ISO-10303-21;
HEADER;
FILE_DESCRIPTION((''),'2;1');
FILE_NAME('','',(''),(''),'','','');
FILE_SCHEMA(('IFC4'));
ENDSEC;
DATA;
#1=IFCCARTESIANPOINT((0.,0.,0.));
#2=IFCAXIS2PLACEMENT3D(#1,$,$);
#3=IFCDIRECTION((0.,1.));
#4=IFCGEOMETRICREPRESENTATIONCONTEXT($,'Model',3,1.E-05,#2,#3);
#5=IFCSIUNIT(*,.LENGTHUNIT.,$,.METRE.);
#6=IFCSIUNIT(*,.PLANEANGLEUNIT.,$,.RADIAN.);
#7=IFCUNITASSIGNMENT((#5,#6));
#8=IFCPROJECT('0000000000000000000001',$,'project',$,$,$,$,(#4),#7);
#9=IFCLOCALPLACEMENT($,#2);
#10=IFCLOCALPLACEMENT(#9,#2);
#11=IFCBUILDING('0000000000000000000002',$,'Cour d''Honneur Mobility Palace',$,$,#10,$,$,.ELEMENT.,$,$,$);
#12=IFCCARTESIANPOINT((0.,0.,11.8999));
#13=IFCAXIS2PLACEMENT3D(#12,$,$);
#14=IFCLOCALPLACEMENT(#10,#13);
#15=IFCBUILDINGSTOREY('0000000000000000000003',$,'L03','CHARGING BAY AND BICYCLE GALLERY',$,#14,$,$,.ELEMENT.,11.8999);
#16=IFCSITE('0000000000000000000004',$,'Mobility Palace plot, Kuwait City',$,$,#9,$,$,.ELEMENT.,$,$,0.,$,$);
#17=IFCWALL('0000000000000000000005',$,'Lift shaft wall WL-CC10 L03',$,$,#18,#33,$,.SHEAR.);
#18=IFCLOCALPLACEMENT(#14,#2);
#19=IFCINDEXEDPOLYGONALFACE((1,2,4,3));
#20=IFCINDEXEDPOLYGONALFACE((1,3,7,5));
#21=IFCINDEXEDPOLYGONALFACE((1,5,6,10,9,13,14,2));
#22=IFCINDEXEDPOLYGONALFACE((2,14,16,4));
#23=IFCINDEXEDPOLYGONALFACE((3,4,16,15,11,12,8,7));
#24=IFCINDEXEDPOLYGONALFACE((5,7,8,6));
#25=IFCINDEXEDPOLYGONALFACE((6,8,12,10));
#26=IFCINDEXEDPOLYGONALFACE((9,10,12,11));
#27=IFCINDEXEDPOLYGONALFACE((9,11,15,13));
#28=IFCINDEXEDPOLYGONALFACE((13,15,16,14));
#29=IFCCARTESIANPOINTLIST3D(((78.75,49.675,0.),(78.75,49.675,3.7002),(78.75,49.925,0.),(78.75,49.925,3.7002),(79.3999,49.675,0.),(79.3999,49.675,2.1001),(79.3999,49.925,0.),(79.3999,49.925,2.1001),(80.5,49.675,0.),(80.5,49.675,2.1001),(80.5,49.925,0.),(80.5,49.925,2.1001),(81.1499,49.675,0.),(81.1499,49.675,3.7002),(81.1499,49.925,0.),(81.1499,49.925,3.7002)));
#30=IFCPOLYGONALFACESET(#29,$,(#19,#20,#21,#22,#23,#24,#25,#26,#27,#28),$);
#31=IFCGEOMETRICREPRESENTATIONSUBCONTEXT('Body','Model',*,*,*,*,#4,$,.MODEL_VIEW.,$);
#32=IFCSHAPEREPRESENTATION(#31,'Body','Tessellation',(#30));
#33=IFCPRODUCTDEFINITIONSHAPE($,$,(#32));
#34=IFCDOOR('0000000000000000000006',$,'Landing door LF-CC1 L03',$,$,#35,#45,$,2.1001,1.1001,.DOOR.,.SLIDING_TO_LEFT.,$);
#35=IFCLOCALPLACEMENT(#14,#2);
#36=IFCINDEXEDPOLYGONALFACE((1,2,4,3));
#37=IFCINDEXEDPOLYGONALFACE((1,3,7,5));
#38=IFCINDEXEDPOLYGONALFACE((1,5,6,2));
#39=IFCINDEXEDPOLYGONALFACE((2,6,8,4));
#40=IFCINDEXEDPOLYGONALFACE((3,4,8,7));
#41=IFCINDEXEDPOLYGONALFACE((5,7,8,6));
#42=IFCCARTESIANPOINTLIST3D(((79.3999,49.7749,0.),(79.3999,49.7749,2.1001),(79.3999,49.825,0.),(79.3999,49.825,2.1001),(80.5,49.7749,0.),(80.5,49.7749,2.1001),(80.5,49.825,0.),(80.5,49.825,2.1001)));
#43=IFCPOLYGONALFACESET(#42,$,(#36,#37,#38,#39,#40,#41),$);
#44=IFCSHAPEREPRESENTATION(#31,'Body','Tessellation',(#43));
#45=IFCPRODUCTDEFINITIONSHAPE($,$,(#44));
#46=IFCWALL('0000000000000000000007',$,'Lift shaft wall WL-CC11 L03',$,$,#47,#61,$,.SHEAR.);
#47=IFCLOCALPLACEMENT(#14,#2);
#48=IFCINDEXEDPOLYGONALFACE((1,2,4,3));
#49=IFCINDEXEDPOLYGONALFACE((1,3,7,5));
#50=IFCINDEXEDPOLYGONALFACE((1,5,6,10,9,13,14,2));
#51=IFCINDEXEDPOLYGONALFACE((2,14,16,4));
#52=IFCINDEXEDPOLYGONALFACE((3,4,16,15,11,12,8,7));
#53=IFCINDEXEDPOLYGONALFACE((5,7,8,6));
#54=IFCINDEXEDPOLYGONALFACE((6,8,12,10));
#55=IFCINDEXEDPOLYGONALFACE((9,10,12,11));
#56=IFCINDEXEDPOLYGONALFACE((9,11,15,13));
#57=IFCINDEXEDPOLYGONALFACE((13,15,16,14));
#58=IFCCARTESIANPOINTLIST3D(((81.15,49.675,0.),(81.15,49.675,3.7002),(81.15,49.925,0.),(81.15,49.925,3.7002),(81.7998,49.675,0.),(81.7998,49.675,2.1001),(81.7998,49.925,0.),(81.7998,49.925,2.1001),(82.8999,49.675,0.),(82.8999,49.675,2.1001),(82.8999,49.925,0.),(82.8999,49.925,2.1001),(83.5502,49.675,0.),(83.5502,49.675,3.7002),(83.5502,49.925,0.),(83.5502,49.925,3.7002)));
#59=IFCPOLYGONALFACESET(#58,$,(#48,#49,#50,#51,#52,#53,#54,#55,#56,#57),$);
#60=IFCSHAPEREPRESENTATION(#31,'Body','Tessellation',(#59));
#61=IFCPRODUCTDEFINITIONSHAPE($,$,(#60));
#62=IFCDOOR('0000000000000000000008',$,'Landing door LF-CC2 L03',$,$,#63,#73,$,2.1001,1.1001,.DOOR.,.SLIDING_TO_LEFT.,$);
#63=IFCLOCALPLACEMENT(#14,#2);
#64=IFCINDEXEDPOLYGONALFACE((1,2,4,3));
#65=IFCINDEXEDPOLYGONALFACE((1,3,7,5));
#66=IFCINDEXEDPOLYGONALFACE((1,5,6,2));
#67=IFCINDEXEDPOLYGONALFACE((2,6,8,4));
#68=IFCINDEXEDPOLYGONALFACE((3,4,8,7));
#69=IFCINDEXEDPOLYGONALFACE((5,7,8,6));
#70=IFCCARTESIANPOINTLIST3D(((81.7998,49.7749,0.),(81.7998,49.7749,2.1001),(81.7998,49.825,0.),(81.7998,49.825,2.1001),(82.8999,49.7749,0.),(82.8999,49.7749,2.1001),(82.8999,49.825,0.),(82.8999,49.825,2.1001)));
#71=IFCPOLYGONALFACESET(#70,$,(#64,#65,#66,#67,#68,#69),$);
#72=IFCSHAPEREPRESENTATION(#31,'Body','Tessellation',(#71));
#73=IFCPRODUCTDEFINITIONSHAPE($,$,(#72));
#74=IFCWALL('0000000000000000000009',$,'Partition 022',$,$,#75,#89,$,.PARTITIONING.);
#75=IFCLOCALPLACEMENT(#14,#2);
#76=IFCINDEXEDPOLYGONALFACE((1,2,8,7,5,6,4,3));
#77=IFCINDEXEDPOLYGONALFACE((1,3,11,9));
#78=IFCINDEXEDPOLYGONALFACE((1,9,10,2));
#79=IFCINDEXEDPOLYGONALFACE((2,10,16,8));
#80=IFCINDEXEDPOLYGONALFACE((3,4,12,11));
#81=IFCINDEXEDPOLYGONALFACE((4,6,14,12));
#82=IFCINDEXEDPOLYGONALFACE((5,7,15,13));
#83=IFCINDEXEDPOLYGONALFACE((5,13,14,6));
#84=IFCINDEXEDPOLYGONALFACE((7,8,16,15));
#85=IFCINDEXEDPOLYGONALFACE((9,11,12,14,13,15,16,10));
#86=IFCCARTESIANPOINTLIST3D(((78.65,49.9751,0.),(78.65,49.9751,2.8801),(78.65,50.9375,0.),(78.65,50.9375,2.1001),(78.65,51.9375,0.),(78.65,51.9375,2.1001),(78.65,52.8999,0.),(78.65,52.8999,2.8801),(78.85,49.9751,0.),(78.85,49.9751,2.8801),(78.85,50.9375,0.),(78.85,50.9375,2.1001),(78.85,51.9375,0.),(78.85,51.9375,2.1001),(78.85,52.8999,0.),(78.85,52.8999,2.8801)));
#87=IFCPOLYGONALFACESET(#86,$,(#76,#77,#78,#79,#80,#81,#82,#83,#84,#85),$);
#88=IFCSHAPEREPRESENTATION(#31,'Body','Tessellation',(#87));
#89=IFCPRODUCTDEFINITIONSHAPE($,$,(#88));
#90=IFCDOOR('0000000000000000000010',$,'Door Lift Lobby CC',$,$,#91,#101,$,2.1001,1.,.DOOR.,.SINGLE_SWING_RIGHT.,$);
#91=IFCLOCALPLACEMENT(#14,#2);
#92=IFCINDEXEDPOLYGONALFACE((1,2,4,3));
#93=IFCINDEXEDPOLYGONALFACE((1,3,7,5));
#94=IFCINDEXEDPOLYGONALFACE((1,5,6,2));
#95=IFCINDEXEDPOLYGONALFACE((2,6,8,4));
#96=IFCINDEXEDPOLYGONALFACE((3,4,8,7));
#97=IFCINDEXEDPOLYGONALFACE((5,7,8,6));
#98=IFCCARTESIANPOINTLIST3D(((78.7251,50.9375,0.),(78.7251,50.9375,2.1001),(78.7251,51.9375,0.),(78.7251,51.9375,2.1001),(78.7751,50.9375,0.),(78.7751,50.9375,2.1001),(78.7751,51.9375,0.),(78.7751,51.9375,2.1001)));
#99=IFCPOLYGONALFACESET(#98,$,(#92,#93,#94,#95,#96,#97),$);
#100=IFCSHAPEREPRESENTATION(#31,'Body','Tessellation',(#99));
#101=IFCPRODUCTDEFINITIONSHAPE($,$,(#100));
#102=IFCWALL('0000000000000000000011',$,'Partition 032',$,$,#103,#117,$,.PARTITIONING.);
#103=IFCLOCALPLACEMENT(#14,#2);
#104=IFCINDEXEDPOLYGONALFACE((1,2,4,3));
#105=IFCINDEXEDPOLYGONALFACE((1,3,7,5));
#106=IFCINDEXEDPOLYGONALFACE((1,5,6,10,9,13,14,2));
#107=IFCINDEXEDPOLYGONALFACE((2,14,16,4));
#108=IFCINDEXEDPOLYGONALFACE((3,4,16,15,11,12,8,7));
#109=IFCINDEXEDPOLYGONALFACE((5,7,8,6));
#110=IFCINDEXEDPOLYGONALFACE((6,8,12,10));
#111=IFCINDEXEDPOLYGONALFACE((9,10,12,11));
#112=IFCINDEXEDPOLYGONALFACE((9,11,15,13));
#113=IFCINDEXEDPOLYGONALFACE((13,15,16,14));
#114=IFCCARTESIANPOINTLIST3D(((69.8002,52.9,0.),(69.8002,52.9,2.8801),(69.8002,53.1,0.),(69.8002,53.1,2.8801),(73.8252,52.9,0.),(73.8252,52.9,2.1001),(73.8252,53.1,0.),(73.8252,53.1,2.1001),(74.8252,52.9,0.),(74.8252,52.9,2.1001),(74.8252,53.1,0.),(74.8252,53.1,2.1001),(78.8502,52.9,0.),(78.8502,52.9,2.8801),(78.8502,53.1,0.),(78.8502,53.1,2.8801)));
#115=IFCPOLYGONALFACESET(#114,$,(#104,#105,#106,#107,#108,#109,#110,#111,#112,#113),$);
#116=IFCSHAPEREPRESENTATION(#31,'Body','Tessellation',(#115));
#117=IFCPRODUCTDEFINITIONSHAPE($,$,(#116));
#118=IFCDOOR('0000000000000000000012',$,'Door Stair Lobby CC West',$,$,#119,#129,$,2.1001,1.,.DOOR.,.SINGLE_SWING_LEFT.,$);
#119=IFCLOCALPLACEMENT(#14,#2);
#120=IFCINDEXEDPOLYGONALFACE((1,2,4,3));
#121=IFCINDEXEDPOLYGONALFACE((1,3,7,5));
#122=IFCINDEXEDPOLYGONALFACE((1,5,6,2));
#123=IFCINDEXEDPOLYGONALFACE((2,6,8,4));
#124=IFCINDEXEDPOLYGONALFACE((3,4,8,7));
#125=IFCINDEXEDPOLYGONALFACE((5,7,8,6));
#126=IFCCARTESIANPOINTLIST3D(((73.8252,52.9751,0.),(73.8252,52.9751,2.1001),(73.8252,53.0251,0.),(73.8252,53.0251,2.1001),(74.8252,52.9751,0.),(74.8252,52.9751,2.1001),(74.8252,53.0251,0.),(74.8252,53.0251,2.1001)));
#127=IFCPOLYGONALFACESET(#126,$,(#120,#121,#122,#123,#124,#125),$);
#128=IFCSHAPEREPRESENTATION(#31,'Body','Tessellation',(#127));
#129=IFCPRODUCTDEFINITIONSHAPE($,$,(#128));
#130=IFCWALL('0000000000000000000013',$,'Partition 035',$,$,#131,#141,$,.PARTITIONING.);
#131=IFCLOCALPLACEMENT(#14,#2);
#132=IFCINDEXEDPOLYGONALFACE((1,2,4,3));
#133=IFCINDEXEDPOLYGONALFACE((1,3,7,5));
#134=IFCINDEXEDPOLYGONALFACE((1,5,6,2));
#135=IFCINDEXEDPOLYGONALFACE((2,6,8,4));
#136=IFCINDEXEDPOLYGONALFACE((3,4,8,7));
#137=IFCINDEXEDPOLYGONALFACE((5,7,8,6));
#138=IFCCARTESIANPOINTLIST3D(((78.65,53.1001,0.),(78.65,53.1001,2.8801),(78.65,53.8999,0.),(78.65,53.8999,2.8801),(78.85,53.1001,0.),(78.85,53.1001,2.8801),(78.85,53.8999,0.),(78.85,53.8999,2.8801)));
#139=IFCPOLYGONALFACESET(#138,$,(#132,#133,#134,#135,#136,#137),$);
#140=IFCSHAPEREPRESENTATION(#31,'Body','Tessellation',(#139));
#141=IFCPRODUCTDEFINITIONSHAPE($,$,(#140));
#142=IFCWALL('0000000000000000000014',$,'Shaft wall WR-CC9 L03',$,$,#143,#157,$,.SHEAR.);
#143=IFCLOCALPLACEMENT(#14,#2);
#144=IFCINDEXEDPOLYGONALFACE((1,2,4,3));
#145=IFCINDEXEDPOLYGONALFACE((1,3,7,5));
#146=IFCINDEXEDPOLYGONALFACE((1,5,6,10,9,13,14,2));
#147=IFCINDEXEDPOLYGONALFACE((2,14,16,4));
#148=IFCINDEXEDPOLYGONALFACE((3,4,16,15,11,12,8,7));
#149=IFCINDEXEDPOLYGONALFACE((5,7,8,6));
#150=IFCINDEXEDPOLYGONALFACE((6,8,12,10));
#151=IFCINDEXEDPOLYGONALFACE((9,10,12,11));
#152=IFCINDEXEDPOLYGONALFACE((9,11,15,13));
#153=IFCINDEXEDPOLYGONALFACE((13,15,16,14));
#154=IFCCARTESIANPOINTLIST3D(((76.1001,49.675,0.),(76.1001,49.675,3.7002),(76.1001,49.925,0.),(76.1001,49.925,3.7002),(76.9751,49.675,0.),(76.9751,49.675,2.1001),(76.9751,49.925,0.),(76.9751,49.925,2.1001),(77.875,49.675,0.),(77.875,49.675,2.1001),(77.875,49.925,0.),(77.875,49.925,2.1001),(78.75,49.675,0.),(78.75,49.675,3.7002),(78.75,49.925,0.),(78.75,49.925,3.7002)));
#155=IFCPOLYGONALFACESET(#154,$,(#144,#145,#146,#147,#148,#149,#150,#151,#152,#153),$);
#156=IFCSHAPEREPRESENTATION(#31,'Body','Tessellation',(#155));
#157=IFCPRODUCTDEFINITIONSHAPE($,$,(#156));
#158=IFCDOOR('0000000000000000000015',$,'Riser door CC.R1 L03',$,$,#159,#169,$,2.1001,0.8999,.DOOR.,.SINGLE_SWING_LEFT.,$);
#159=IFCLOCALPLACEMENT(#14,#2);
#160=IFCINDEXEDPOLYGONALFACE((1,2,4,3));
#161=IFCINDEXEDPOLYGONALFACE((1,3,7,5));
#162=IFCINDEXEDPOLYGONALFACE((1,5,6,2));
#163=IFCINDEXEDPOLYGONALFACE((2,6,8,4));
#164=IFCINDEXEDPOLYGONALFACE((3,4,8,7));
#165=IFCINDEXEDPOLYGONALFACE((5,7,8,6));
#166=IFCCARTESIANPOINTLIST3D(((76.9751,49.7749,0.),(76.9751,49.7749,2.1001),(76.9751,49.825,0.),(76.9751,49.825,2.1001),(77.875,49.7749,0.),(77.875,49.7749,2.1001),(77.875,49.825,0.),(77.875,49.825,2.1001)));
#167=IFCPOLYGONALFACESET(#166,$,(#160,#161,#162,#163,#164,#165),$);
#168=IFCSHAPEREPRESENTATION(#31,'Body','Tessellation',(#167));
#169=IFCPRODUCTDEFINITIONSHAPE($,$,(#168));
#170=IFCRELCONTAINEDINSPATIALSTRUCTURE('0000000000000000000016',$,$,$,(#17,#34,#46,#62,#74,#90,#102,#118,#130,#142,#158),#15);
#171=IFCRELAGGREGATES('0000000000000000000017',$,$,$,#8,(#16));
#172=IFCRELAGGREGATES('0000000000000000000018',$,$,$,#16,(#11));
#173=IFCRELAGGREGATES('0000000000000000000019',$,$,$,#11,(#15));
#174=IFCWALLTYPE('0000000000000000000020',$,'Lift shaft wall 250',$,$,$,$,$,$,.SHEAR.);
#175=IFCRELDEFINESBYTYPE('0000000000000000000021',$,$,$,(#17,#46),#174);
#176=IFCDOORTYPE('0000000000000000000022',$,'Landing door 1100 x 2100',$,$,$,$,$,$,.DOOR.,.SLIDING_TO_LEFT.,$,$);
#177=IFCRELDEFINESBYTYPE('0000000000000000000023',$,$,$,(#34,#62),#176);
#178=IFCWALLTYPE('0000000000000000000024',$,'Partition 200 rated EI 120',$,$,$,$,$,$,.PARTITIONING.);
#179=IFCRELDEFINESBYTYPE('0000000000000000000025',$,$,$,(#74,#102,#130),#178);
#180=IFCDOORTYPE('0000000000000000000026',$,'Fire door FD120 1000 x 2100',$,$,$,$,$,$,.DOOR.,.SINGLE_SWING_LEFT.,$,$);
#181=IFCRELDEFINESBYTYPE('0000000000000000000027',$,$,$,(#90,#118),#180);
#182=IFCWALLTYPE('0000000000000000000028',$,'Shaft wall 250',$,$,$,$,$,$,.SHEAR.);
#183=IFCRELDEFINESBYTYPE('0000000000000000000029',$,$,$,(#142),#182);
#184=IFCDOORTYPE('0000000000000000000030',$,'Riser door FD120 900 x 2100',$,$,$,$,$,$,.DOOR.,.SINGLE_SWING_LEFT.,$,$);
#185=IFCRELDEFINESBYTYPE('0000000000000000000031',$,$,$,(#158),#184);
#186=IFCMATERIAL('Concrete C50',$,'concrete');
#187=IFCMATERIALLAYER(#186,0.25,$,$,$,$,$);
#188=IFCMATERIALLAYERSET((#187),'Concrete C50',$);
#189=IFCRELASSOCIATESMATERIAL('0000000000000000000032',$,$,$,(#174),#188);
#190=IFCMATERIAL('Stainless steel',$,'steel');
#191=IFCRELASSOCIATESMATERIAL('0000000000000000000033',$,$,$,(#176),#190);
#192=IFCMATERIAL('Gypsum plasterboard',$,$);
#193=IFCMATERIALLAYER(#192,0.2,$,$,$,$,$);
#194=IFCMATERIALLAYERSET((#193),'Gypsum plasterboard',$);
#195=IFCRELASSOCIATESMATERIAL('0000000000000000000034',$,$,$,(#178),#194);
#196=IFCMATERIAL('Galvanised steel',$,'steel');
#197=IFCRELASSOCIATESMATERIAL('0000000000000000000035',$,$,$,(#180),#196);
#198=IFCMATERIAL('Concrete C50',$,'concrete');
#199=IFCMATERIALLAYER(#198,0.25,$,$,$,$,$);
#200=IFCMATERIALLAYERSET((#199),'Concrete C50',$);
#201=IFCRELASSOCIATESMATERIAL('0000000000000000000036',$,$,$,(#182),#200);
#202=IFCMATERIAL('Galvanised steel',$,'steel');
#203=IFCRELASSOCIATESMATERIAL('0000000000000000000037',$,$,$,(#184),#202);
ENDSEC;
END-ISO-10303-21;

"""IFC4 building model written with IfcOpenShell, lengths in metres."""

from ifc_helpers import new_model, si_unit, direction, frame, frame_2d, origin, place, context, subcontext, project, spatial, rectangle, extrude, material, layer, layer_set, type_object, element, fill, save


model = new_model("IFC4")

# Units and contexts
model_context = context("Model", 3, precision=1e-05, world=origin(), true_north=direction((0.0, 1.0)))
body_context = subcontext(model_context, "Body", "Model", "MODEL_VIEW")
ifc_project = project(units=[si_unit("LENGTHUNIT", "METRE"), si_unit("PLANEANGLEUNIT", "RADIAN")], contexts=[model_context])

# Site, building, storey
site_placement = place(None, origin())
site = spatial("IfcSite", under=ifc_project, at=site_placement, Name="Mobility Palace plot, Kuwait City", CompositionType="ELEMENT", RefElevation=0.0)
building_placement = place(site_placement, origin())
building = spatial("IfcBuilding", under=site, at=building_placement, Name="Cour d'Honneur Mobility Palace", CompositionType="ELEMENT")
storey_placement = place(building_placement, frame((0.0, 0.0, 11.8999)))
storey = spatial("IfcBuildingStorey", under=building, at=storey_placement, Name="L03", Description="CHARGING BAY AND BICYCLE GALLERY", CompositionType="ELEMENT", Elevation=11.8999)

# Walls, openings, doors
ifc_material_1 = material(Name="Concrete C50", Category="concrete")
ifc_layer_1 = layer(ifc_material_1, 0.25)
ifc_layer_set_1 = layer_set([ifc_layer_1], Name="Concrete C50")
wall_type_1 = type_object("IfcWallType", Name="Lift shaft wall 250", PredefinedType="SHEAR", material=ifc_layer_set_1)
wall_1_placement = place(storey_placement, frame((78.75, 49.8, 0.0), z_axis=(0.0, 0.0, 1.0), x_axis=(1.0, 0.0, 0.0)))
wall_1 = element("IfcWall", 1, at=wall_1_placement, inside=storey, type_object=wall_type_1, Name="Lift shaft wall WL-CC10 L03", PredefinedType="SHEAR", context=body_context, shape_type="SweptSolid", body=[
    extrude(rectangle(XDim=2.3999, YDim=0.25, at=frame_2d((1.2, 0.0))), origin(), (0.0, 0.0, 1.0), 3.7002),
])
opening_1_placement = place(wall_1_placement, frame((0.6499, 0.0, 0.0)))
opening_1 = element("IfcOpeningElement", 2, at=opening_1_placement, cuts=wall_1, PredefinedType="OPENING", context=body_context, shape_type="SweptSolid", body=[
    extrude(rectangle(XDim=1.1001, YDim=2.1001, at=frame_2d((0.55, 1.05))), frame((0.0, 0.135, 0.0), z_axis=(0.0, -1.0, 0.0), x_axis=(1.0, 0.0, 0.0)), (0.0, 0.0, 1.0), 0.27),
])
ifc_material_2 = material(Name="Stainless steel", Category="steel")
door_type_1 = type_object("IfcDoorType", Name="Landing door 1100 x 2100", OperationType="SLIDING_TO_LEFT", PredefinedType="DOOR", material=ifc_material_2)
door_1_placement = place(opening_1_placement, origin())
door_1 = element("IfcDoor", 3, at=door_1_placement, inside=storey, type_object=door_type_1, Name="Landing door LF-CC1 L03", OperationType="SLIDING_TO_LEFT", OverallHeight=2.1001, OverallWidth=1.1001, PredefinedType="DOOR", context=body_context, shape_type="SweptSolid", body=[
    extrude(rectangle(XDim=1.1001, YDim=2.1001, at=frame_2d((0.55, 1.05))), frame((0.0, 0.0249, 0.0), z_axis=(0.0, -1.0, 0.0), x_axis=(1.0, 0.0, 0.0)), (0.0, 0.0, 1.0), 0.05),
])
fill(opening_1, door_1)
wall_2_placement = place(storey_placement, frame((81.1499, 49.8, 0.0), z_axis=(0.0, 0.0, 1.0), x_axis=(1.0, 0.0, 0.0)))
wall_2 = element("IfcWall", 4, at=wall_2_placement, inside=storey, type_object=wall_type_1, Name="Lift shaft wall WL-CC11 L03", PredefinedType="SHEAR", context=body_context, shape_type="SweptSolid", body=[
    extrude(rectangle(XDim=2.4001, YDim=0.25, at=frame_2d((1.2002, 0.0))), origin(), (0.0, 0.0, 1.0), 3.7002),
])
opening_2_placement = place(wall_2_placement, frame((0.6499, 0.0, 0.0)))
opening_2 = element("IfcOpeningElement", 5, at=opening_2_placement, cuts=wall_2, PredefinedType="OPENING", context=body_context, shape_type="SweptSolid", body=[
    extrude(rectangle(XDim=1.1001, YDim=2.1001, at=frame_2d((0.55, 1.05))), frame((0.0, 0.135, 0.0), z_axis=(0.0, -1.0, 0.0), x_axis=(1.0, 0.0, 0.0)), (0.0, 0.0, 1.0), 0.27),
])
door_2_placement = place(opening_2_placement, origin())
door_2 = element("IfcDoor", 6, at=door_2_placement, inside=storey, type_object=door_type_1, Name="Landing door LF-CC2 L03", OperationType="SLIDING_TO_LEFT", OverallHeight=2.1001, OverallWidth=1.1001, PredefinedType="DOOR", context=body_context, shape_type="SweptSolid", body=[
    extrude(rectangle(XDim=1.1001, YDim=2.1001, at=frame_2d((0.55, 1.05))), frame((0.0, 0.0249, 0.0), z_axis=(0.0, -1.0, 0.0), x_axis=(1.0, 0.0, 0.0)), (0.0, 0.0, 1.0), 0.05),
])
fill(opening_2, door_2)
ifc_material_3 = material(Name="Gypsum plasterboard")
ifc_layer_2 = layer(ifc_material_3, 0.2)
ifc_layer_set_2 = layer_set([ifc_layer_2], Name="Gypsum plasterboard")
wall_type_2 = type_object("IfcWallType", Name="Partition 200 rated EI 120", PredefinedType="PARTITIONING", material=ifc_layer_set_2)
wall_3_placement = place(storey_placement, frame((78.75, 49.9751, 0.0), z_axis=(0.0, 0.0, 1.0), x_axis=(0.0, 1.0, 0.0)))
wall_3 = element("IfcWall", 7, at=wall_3_placement, inside=storey, type_object=wall_type_2, Name="Partition 022", PredefinedType="PARTITIONING", context=body_context, shape_type="SweptSolid", body=[
    extrude(rectangle(XDim=2.9248, YDim=0.2, at=frame_2d((1.4624, 0.0))), origin(), (0.0, 0.0, 1.0), 2.8801),
])
opening_3_placement = place(wall_3_placement, frame((0.9624, 0.0, 0.0)))
opening_3 = element("IfcOpeningElement", 8, at=opening_3_placement, cuts=wall_3, PredefinedType="OPENING", context=body_context, shape_type="SweptSolid", body=[
    extrude(rectangle(XDim=1.0, YDim=2.1001, at=frame_2d((0.5, 1.05))), frame((0.0, 0.1099, 0.0), z_axis=(0.0, -1.0, 0.0), x_axis=(1.0, 0.0, 0.0)), (0.0, 0.0, 1.0), 0.22),
])
ifc_material_4 = material(Name="Galvanised steel", Category="steel")
door_type_2 = type_object("IfcDoorType", Name="Fire door FD120 1000 x 2100", OperationType="SINGLE_SWING_LEFT", PredefinedType="DOOR", material=ifc_material_4)
door_3_placement = place(opening_3_placement, origin())
door_3 = element("IfcDoor", 9, at=door_3_placement, inside=storey, type_object=door_type_2, Name="Door Lift Lobby CC", OperationType="SINGLE_SWING_RIGHT", OverallHeight=2.1001, OverallWidth=1.0, PredefinedType="DOOR", context=body_context, shape_type="SweptSolid", body=[
    extrude(rectangle(XDim=1.0, YDim=2.1001, at=frame_2d((0.5, 1.05))), frame((0.0, 0.0249, 0.0), z_axis=(0.0, -1.0, 0.0), x_axis=(1.0, 0.0, 0.0)), (0.0, 0.0, 1.0), 0.05),
])
fill(opening_3, door_3)
wall_4_placement = place(storey_placement, frame((78.8501, 53.0, 0.0), z_axis=(0.0, 0.0, 1.0), x_axis=(-1.0, 0.0, 0.0)))
wall_4 = element("IfcWall", 10, at=wall_4_placement, inside=storey, type_object=wall_type_2, Name="Partition 032", PredefinedType="PARTITIONING", context=body_context, shape_type="SweptSolid", body=[
    extrude(rectangle(XDim=9.05, YDim=0.2, at=frame_2d((4.5249, 0.0))), origin(), (0.0, 0.0, 1.0), 2.8801),
])
opening_4_placement = place(wall_4_placement, frame((4.0249, 0.0, 0.0)))
opening_4 = element("IfcOpeningElement", 11, at=opening_4_placement, cuts=wall_4, PredefinedType="OPENING", context=body_context, shape_type="SweptSolid", body=[
    extrude(rectangle(XDim=1.0, YDim=2.1001, at=frame_2d((0.5, 1.05))), frame((0.0, 0.1099, 0.0), z_axis=(0.0, -1.0, 0.0), x_axis=(1.0, 0.0, 0.0)), (0.0, 0.0, 1.0), 0.22),
])
door_4_placement = place(opening_4_placement, origin())
door_4 = element("IfcDoor", 12, at=door_4_placement, inside=storey, type_object=door_type_2, Name="Door Stair Lobby CC West", OperationType="SINGLE_SWING_LEFT", OverallHeight=2.1001, OverallWidth=1.0, PredefinedType="DOOR", context=body_context, shape_type="SweptSolid", body=[
    extrude(rectangle(XDim=1.0, YDim=2.1001, at=frame_2d((0.5, 1.05))), frame((0.0, 0.0249, 0.0), z_axis=(0.0, -1.0, 0.0), x_axis=(1.0, 0.0, 0.0)), (0.0, 0.0, 1.0), 0.05),
])
fill(opening_4, door_4)

# Wall
wall_5_placement = place(storey_placement, frame((78.75, 53.8999, 0.0), z_axis=(0.0, 0.0, 1.0), x_axis=(0.0, -1.0, 0.0)))
element("IfcWall", 13, at=wall_5_placement, inside=storey, type_object=wall_type_2, Name="Partition 035", PredefinedType="PARTITIONING", context=body_context, shape_type="SweptSolid", body=[
    extrude(rectangle(XDim=0.7998, YDim=0.2, at=frame_2d((0.3999, 0.0))), origin(), (0.0, 0.0, 1.0), 2.8801),
])

# Wall, opening, door
ifc_material_5 = material(Name="Concrete C50", Category="concrete")
ifc_layer_3 = layer(ifc_material_5, 0.25)
ifc_layer_set_3 = layer_set([ifc_layer_3], Name="Concrete C50")
wall_type_3 = type_object("IfcWallType", Name="Shaft wall 250", PredefinedType="SHEAR", material=ifc_layer_set_3)
wall_6_placement = place(storey_placement, frame((76.1001, 49.8, 0.0), z_axis=(0.0, 0.0, 1.0), x_axis=(1.0, 0.0, 0.0)))
wall_6 = element("IfcWall", 14, at=wall_6_placement, inside=storey, type_object=wall_type_3, Name="Shaft wall WR-CC9 L03", PredefinedType="SHEAR", context=body_context, shape_type="SweptSolid", body=[
    extrude(rectangle(XDim=2.6499, YDim=0.25, at=frame_2d((1.325, 0.0))), origin(), (0.0, 0.0, 1.0), 3.7002),
])
opening_5_placement = place(wall_6_placement, frame((0.875, 0.0, 0.0)))
opening_5 = element("IfcOpeningElement", 15, at=opening_5_placement, cuts=wall_6, PredefinedType="OPENING", context=body_context, shape_type="SweptSolid", body=[
    extrude(rectangle(XDim=0.8999, YDim=2.1001, at=frame_2d((0.45, 1.05))), frame((0.0, 0.135, 0.0), z_axis=(0.0, -1.0, 0.0), x_axis=(1.0, 0.0, 0.0)), (0.0, 0.0, 1.0), 0.27),
])
ifc_material_6 = material(Name="Galvanised steel", Category="steel")
door_type_3 = type_object("IfcDoorType", Name="Riser door FD120 900 x 2100", OperationType="SINGLE_SWING_LEFT", PredefinedType="DOOR", material=ifc_material_6)
door_5_placement = place(opening_5_placement, origin())
door_5 = element("IfcDoor", 16, at=door_5_placement, inside=storey, type_object=door_type_3, Name="Riser door CC.R1 L03", OperationType="SINGLE_SWING_LEFT", OverallHeight=2.1001, OverallWidth=0.8999, PredefinedType="DOOR", context=body_context, shape_type="SweptSolid", body=[
    extrude(rectangle(XDim=0.8999, YDim=2.1001, at=frame_2d((0.45, 1.05))), frame((0.0, 0.0249, 0.0), z_axis=(0.0, -1.0, 0.0), x_axis=(1.0, 0.0, 0.0)), (0.0, 0.0, 1.0), 0.05),
])
fill(opening_5, door_5)

save(model, "model.ifc")
